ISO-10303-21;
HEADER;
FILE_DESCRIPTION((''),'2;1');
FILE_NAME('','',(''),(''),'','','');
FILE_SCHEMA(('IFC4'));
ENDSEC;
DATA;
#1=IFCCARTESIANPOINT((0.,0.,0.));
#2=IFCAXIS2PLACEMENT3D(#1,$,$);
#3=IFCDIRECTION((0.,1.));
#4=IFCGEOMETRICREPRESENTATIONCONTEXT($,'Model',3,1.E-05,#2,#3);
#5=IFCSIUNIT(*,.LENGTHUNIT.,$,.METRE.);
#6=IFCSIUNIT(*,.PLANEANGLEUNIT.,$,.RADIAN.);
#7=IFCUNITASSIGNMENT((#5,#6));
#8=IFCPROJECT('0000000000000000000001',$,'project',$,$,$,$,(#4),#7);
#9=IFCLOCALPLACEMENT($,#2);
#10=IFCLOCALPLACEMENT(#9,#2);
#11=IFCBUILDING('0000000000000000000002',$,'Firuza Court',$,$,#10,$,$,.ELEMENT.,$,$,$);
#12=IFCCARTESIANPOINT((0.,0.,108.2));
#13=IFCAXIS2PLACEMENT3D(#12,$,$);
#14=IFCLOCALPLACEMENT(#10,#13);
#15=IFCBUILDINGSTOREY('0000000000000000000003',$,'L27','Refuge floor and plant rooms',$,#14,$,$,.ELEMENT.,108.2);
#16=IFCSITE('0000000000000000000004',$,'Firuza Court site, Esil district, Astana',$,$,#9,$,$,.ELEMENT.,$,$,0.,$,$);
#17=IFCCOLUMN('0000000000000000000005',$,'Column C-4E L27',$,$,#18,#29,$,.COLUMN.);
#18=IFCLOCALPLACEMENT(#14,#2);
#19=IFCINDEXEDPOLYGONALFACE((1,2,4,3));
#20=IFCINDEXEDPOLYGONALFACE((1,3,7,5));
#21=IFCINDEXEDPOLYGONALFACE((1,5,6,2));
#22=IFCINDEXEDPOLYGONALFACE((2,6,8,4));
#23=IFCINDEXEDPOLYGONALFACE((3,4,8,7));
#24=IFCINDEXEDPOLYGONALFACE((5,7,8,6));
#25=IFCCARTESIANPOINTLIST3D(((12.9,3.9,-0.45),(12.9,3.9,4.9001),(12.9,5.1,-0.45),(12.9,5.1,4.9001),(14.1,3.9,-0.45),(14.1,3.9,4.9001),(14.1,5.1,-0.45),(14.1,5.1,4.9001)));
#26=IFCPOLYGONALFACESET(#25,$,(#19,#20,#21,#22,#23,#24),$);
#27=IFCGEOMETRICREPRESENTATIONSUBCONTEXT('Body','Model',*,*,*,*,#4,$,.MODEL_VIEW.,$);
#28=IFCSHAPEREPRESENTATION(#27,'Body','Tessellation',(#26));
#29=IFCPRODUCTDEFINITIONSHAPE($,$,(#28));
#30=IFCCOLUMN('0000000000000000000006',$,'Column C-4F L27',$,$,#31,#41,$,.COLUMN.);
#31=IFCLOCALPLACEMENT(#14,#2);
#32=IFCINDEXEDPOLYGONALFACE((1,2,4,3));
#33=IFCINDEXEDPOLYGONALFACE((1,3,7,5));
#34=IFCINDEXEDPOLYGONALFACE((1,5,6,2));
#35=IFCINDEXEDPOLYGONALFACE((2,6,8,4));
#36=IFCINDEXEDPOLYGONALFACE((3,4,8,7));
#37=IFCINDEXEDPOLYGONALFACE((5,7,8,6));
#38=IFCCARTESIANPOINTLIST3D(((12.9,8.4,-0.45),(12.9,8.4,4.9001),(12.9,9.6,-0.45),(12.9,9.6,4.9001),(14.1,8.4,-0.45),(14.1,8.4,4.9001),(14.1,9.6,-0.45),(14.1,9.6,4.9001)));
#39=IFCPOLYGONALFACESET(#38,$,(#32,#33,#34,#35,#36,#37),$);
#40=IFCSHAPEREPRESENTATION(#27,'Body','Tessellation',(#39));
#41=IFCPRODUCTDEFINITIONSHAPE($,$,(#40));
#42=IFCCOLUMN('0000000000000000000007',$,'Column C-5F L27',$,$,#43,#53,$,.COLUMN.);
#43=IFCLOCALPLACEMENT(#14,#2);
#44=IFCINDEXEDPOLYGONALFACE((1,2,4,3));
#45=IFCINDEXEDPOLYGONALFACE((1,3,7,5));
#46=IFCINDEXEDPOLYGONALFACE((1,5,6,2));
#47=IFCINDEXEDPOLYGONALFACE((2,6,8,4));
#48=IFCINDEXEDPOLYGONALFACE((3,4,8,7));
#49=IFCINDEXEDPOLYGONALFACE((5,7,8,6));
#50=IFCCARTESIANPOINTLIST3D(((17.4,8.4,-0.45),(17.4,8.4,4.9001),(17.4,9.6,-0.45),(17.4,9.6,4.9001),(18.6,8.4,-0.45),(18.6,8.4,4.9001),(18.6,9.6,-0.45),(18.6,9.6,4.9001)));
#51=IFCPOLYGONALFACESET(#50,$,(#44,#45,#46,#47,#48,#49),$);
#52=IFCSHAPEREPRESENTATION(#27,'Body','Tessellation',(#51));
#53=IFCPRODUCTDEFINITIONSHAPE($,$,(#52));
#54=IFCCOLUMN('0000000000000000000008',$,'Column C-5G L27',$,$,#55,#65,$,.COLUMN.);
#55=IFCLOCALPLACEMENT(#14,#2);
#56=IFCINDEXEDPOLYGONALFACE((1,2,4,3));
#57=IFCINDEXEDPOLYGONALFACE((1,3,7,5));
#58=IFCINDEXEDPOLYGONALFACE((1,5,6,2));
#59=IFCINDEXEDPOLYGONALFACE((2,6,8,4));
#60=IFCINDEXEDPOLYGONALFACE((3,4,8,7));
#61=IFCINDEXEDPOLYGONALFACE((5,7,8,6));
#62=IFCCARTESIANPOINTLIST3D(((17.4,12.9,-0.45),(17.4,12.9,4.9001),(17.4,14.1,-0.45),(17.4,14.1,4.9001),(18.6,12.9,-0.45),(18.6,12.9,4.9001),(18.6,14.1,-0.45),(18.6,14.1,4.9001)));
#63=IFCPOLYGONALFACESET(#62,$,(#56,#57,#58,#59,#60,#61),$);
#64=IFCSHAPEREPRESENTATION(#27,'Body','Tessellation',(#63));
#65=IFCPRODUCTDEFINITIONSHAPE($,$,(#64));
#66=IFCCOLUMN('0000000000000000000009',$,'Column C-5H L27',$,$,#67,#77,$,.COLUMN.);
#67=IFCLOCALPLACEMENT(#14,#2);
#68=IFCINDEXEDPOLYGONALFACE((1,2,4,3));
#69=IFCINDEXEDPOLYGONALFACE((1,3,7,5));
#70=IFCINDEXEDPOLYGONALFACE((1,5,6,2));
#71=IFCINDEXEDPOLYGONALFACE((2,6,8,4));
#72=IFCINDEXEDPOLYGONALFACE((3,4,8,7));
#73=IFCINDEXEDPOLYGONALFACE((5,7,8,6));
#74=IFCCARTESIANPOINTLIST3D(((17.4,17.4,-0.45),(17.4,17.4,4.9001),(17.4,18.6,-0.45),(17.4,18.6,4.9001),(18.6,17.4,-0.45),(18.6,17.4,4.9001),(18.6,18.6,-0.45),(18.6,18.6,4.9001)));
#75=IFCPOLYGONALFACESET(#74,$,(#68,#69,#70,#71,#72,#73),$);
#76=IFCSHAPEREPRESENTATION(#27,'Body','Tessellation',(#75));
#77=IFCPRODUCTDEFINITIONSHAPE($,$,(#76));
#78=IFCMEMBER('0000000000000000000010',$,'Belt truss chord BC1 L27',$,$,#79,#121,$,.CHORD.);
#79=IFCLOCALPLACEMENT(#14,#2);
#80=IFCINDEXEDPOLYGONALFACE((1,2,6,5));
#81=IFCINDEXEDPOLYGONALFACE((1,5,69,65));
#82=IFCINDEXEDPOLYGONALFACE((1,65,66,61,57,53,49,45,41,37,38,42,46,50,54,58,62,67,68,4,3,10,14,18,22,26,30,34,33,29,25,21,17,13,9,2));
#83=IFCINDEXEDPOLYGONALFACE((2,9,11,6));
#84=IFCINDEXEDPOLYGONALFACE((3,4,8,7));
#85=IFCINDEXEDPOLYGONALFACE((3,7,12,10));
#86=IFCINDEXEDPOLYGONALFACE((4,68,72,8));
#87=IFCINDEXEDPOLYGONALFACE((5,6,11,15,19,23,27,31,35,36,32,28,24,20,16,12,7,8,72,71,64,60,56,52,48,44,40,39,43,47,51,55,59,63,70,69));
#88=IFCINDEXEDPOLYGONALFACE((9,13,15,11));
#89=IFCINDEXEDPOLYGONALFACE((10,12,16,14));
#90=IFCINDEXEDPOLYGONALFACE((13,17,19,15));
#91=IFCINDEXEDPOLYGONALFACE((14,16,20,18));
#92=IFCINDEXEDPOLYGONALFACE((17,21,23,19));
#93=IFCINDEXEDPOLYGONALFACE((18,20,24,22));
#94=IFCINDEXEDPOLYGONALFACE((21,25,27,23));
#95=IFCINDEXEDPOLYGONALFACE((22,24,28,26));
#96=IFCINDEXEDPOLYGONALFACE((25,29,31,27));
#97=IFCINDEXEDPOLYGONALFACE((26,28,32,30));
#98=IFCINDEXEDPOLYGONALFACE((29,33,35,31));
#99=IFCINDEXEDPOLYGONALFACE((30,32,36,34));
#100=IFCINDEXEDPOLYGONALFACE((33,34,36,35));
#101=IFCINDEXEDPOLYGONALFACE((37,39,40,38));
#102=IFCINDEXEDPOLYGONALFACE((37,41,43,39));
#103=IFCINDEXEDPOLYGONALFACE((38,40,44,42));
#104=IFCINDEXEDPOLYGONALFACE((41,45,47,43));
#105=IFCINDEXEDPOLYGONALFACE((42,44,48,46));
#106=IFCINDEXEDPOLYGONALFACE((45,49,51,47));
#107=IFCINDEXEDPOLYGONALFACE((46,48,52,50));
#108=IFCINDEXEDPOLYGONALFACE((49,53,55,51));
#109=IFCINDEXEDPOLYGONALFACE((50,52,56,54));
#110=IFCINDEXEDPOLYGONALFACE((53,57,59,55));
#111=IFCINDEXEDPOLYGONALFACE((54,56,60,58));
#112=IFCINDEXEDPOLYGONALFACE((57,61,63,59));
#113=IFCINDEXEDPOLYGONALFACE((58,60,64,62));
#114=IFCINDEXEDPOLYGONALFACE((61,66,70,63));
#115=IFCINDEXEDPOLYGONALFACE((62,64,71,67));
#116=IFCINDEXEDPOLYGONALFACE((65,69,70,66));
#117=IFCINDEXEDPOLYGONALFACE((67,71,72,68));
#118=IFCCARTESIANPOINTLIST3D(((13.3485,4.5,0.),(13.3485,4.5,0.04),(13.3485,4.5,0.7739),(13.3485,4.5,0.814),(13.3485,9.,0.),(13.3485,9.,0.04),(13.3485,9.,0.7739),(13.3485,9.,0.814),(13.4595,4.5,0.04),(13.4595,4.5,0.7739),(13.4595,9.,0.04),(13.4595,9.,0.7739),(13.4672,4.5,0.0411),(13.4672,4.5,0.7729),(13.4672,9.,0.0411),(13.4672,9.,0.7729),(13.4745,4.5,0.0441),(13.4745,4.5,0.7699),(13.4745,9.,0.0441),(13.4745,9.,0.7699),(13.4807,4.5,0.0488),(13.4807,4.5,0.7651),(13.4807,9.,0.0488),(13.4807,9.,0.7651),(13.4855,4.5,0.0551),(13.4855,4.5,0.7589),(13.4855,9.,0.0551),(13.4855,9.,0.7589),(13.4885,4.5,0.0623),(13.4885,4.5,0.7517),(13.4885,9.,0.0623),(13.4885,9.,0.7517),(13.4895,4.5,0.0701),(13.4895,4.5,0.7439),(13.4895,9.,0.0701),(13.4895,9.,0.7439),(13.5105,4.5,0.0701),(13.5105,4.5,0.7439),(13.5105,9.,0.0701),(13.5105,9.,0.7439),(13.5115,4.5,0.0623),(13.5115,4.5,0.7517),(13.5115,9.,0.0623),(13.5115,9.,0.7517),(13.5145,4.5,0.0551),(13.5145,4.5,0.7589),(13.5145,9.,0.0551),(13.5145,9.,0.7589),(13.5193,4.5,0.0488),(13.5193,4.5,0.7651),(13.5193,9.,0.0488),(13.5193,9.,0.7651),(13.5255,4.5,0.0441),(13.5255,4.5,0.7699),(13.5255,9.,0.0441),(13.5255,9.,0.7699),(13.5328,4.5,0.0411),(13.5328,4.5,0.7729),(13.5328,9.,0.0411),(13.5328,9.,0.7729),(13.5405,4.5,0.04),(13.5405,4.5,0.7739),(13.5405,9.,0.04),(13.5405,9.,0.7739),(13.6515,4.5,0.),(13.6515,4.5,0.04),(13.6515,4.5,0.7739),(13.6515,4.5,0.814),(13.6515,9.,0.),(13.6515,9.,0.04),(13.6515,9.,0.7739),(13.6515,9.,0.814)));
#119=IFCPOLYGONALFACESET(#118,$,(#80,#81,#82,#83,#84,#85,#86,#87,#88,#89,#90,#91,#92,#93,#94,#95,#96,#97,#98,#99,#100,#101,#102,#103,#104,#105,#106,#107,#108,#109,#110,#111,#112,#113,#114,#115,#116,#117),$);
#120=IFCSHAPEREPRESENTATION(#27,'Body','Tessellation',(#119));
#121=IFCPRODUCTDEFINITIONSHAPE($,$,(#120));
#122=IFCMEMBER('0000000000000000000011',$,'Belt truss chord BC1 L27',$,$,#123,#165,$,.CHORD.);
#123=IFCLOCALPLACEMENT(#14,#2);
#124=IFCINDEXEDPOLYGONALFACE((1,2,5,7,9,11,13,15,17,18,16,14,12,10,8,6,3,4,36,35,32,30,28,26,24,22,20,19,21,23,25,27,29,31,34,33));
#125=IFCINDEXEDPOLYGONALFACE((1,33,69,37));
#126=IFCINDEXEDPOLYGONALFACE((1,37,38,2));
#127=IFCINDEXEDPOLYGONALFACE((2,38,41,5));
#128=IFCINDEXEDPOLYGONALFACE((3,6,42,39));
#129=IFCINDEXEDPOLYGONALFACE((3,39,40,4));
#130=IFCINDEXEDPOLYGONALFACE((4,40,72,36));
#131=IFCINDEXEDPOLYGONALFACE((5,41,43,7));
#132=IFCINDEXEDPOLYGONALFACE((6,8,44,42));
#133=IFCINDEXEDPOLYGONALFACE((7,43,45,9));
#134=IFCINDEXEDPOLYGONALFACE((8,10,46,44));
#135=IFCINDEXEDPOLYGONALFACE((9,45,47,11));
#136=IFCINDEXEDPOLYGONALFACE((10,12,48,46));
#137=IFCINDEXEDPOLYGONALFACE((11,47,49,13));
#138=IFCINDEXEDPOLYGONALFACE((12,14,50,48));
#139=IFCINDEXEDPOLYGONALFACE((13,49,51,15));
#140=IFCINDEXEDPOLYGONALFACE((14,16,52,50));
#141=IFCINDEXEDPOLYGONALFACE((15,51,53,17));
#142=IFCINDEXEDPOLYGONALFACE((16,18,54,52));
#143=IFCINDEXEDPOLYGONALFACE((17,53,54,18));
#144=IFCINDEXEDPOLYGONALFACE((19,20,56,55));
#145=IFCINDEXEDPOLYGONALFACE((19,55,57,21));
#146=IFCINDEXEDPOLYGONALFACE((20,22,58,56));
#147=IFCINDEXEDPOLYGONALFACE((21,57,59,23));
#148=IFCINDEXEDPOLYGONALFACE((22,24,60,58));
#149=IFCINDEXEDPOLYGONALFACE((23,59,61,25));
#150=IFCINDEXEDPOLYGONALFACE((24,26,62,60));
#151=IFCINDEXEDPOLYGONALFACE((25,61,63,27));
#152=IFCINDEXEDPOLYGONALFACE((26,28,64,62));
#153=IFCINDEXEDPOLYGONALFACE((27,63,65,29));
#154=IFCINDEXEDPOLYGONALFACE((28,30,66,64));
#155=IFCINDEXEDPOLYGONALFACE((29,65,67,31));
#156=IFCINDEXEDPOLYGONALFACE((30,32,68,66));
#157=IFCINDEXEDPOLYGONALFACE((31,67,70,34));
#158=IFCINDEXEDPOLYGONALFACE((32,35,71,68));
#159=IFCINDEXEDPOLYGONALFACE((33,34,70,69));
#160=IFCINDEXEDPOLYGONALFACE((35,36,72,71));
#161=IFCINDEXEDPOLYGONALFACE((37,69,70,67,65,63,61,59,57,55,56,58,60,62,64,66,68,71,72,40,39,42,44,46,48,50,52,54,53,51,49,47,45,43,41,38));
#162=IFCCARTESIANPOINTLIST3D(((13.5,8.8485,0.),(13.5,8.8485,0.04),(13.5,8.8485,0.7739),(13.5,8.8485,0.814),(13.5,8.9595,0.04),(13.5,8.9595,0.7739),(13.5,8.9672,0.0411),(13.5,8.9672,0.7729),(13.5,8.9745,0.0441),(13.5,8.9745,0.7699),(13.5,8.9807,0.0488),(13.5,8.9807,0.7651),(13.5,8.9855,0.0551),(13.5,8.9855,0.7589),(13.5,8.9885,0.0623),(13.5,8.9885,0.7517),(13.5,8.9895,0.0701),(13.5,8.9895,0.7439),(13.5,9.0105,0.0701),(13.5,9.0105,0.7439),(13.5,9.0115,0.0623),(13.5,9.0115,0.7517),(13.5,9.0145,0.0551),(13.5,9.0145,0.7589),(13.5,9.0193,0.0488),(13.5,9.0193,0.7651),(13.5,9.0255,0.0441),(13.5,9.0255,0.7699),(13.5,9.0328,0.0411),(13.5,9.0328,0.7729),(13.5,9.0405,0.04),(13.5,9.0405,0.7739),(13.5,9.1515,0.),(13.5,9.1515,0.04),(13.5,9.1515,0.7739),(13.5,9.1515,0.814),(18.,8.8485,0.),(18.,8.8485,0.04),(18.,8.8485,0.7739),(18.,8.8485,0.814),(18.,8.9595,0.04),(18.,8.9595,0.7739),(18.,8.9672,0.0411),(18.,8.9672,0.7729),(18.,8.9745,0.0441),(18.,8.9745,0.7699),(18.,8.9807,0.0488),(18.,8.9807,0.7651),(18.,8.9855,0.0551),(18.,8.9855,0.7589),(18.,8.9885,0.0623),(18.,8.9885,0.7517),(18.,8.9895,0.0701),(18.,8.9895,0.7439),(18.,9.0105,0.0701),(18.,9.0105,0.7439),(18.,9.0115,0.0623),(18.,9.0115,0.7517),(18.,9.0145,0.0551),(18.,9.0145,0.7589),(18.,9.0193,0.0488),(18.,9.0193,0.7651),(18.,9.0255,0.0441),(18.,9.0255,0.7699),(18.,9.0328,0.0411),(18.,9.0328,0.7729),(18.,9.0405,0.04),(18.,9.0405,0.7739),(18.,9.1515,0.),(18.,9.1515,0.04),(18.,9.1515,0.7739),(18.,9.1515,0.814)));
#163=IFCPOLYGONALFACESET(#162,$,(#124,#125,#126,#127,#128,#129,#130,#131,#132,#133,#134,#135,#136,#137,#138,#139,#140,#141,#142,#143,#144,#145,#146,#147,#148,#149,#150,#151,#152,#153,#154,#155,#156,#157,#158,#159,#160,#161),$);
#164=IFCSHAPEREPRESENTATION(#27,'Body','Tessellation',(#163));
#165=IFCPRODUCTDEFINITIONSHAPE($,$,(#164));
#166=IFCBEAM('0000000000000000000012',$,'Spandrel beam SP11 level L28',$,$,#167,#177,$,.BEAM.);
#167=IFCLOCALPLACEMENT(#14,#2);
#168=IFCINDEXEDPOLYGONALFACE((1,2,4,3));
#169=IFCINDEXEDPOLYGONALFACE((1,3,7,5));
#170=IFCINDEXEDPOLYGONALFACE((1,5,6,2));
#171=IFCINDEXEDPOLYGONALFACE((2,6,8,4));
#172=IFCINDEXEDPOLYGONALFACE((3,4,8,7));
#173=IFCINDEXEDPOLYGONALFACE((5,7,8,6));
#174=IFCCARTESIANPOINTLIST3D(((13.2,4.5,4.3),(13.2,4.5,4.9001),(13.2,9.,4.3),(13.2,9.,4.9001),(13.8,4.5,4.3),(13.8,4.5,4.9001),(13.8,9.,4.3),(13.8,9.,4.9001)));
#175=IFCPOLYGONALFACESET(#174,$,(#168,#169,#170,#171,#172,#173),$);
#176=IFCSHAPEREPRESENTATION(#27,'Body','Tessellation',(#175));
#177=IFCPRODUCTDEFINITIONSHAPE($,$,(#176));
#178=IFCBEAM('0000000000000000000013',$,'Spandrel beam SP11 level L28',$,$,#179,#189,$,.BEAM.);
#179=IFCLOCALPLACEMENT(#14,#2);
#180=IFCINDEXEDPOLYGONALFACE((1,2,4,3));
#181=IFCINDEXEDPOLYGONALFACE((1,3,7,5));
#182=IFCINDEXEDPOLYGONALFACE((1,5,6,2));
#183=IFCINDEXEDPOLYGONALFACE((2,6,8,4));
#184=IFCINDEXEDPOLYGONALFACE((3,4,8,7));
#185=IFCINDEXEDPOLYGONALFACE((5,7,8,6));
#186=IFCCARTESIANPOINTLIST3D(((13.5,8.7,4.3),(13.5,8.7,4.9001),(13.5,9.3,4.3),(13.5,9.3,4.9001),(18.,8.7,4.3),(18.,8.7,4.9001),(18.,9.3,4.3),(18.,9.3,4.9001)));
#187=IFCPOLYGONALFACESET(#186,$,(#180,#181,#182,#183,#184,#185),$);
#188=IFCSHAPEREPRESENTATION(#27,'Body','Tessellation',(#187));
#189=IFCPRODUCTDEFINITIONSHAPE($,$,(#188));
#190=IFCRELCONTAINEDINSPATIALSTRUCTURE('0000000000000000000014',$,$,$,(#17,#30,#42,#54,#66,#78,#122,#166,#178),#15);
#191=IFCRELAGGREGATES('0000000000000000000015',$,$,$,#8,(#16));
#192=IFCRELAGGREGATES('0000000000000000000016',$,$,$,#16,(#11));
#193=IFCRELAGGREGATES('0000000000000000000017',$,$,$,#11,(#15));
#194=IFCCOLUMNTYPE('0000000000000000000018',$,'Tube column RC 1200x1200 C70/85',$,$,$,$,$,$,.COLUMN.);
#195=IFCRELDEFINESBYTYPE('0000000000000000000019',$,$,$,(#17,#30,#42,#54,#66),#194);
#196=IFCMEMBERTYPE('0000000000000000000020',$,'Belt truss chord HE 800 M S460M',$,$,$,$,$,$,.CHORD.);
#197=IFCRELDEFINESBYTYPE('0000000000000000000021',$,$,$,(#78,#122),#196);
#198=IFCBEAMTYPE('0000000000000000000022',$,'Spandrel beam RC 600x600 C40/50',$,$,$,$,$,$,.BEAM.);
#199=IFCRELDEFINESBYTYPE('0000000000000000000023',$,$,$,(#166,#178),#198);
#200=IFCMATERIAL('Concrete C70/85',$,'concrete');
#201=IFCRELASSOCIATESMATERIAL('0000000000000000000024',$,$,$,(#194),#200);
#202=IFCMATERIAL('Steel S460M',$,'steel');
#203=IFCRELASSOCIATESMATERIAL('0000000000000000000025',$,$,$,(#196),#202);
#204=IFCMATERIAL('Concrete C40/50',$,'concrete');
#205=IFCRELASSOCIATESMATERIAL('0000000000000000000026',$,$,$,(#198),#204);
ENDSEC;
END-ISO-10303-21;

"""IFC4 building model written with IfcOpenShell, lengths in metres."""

from ifc_helpers import new_model, si_unit, direction, frame, origin, origin_2d, place, context, subcontext, project, spatial, rectangle, i_section, extrude, material, material_profile, profile_set, type_object, element, save


model = new_model("IFC4")

# Units and contexts
model_context = context("Model", 3, precision=1e-05, world=origin(), true_north=direction((0.0, 1.0)))
body_context = subcontext(model_context, "Body", "Model", "MODEL_VIEW")
ifc_project = project(units=[si_unit("LENGTHUNIT", "METRE"), si_unit("PLANEANGLEUNIT", "RADIAN")], contexts=[model_context])

# Site, building, storey
site_placement = place(None, origin())
site = spatial("IfcSite", under=ifc_project, at=site_placement, Name="Firuza Court site, Esil district, Astana", CompositionType="ELEMENT", RefElevation=0.0)
building_placement = place(site_placement, origin())
building = spatial("IfcBuilding", under=site, at=building_placement, Name="Firuza Court", CompositionType="ELEMENT")
storey_placement = place(building_placement, frame((0.0, 0.0, 108.2)))
storey = spatial("IfcBuildingStorey", under=building, at=storey_placement, Name="L27", Description="Refuge floor and plant rooms", CompositionType="ELEMENT", Elevation=108.2)

# Columns
ifc_material_1 = material(Name="Concrete C70/85", Category="concrete")
ifc_material_profile_1 = material_profile(ifc_material_1, rectangle(XDim=1.2, YDim=1.2, at=origin_2d()), Name="RC 1200x1200")
ifc_profile_set_1 = profile_set([ifc_material_profile_1], Name="Concrete C70/85")
column_type = type_object("IfcColumnType", Name="Tube column RC 1200x1200 C70/85", PredefinedType="COLUMN", material=ifc_profile_set_1)
for number, where, z_axis, x_axis, name in (
    (1, (13.5, 4.5, -0.45), (0.0, 0.0, 1.0), (1.0, 0.0, 0.0), "Column C-4E L27"),
    (2, (13.5, 9.0, -0.45), (0.0, 0.0, 1.0), (1.0, 0.0, 0.0), "Column C-4F L27"),
    (3, (18.0, 9.0, -0.45), (0.0, 0.0, 1.0), (1.0, 0.0, 0.0), "Column C-5F L27"),
    (4, (18.0, 13.5, -0.45), (0.0, 0.0, 1.0), (1.0, 0.0, 0.0), "Column C-5G L27"),
    (5, (18.0, 18.0, -0.45), (0.0, 0.0, 1.0), (1.0, 0.0, 0.0), "Column C-5H L27"),
):
    element("IfcColumn", number, at=place(storey_placement, frame(where, z_axis=z_axis, x_axis=x_axis)), inside=storey, type_object=column_type, Name=name, PredefinedType="COLUMN", context=body_context, shape_type="SweptSolid", body=[
        extrude(rectangle(XDim=1.2, YDim=1.2, at=origin_2d()), origin(), (0.0, 0.0, 1.0), 5.3501),
    ])

# Members
ifc_material_2 = material(Name="Steel S460M", Category="steel")
ifc_material_profile_2 = material_profile(ifc_material_2, i_section(OverallWidth=0.303, OverallDepth=0.814, WebThickness=0.021, FlangeThickness=0.04, FilletRadius=0.03, at=origin_2d()), Name="HE 800 M")
ifc_profile_set_2 = profile_set([ifc_material_profile_2], Name="Steel S460M")
member_type = type_object("IfcMemberType", Name="Belt truss chord HE 800 M S460M", PredefinedType="CHORD", material=ifc_profile_set_2)
for number, where, z_axis, x_axis, name in (
    (6, (13.5, 4.5, 0.407), (0.0, 1.0, 0.0), (-1.0, 0.0, 0.0), "Belt truss chord BC1 L27"),
    (7, (13.5, 9.0, 0.407), (1.0, 0.0, 0.0), (0.0, 1.0, 0.0), "Belt truss chord BC1 L27"),
):
    element("IfcMember", number, at=place(storey_placement, frame(where, z_axis=z_axis, x_axis=x_axis)), inside=storey, type_object=member_type, Name=name, PredefinedType="CHORD", context=body_context, shape_type="SweptSolid", body=[
        extrude(i_section(OverallWidth=0.303, OverallDepth=0.814, WebThickness=0.021, FlangeThickness=0.04, FilletRadius=0.03, at=origin_2d()), origin(), (0.0, 0.0, 1.0), 4.5),
    ])

# Beams
ifc_material_3 = material(Name="Concrete C40/50", Category="concrete")
ifc_material_profile_3 = material_profile(ifc_material_3, rectangle(XDim=0.6001, YDim=0.6001, at=origin_2d()), Name="RC 600x600")
ifc_profile_set_3 = profile_set([ifc_material_profile_3], Name="Concrete C40/50")
beam_type = type_object("IfcBeamType", Name="Spandrel beam RC 600x600 C40/50", PredefinedType="BEAM", material=ifc_profile_set_3)
for number, where, z_axis, x_axis, name in (
    (8, (13.5, 4.5, 4.6001), (0.0, 1.0, 0.0), (-1.0, 0.0, 0.0), "Spandrel beam SP11 level L28"),
    (9, (13.5, 9.0, 4.6001), (1.0, 0.0, 0.0), (0.0, 1.0, 0.0), "Spandrel beam SP11 level L28"),
):
    element("IfcBeam", number, at=place(storey_placement, frame(where, z_axis=z_axis, x_axis=x_axis)), inside=storey, type_object=beam_type, Name=name, PredefinedType="BEAM", context=body_context, shape_type="SweptSolid", body=[
        extrude(rectangle(XDim=0.6001, YDim=0.6001, at=origin_2d()), origin(), (0.0, 0.0, 1.0), 4.5),
    ])

save(model, "model.ifc")
